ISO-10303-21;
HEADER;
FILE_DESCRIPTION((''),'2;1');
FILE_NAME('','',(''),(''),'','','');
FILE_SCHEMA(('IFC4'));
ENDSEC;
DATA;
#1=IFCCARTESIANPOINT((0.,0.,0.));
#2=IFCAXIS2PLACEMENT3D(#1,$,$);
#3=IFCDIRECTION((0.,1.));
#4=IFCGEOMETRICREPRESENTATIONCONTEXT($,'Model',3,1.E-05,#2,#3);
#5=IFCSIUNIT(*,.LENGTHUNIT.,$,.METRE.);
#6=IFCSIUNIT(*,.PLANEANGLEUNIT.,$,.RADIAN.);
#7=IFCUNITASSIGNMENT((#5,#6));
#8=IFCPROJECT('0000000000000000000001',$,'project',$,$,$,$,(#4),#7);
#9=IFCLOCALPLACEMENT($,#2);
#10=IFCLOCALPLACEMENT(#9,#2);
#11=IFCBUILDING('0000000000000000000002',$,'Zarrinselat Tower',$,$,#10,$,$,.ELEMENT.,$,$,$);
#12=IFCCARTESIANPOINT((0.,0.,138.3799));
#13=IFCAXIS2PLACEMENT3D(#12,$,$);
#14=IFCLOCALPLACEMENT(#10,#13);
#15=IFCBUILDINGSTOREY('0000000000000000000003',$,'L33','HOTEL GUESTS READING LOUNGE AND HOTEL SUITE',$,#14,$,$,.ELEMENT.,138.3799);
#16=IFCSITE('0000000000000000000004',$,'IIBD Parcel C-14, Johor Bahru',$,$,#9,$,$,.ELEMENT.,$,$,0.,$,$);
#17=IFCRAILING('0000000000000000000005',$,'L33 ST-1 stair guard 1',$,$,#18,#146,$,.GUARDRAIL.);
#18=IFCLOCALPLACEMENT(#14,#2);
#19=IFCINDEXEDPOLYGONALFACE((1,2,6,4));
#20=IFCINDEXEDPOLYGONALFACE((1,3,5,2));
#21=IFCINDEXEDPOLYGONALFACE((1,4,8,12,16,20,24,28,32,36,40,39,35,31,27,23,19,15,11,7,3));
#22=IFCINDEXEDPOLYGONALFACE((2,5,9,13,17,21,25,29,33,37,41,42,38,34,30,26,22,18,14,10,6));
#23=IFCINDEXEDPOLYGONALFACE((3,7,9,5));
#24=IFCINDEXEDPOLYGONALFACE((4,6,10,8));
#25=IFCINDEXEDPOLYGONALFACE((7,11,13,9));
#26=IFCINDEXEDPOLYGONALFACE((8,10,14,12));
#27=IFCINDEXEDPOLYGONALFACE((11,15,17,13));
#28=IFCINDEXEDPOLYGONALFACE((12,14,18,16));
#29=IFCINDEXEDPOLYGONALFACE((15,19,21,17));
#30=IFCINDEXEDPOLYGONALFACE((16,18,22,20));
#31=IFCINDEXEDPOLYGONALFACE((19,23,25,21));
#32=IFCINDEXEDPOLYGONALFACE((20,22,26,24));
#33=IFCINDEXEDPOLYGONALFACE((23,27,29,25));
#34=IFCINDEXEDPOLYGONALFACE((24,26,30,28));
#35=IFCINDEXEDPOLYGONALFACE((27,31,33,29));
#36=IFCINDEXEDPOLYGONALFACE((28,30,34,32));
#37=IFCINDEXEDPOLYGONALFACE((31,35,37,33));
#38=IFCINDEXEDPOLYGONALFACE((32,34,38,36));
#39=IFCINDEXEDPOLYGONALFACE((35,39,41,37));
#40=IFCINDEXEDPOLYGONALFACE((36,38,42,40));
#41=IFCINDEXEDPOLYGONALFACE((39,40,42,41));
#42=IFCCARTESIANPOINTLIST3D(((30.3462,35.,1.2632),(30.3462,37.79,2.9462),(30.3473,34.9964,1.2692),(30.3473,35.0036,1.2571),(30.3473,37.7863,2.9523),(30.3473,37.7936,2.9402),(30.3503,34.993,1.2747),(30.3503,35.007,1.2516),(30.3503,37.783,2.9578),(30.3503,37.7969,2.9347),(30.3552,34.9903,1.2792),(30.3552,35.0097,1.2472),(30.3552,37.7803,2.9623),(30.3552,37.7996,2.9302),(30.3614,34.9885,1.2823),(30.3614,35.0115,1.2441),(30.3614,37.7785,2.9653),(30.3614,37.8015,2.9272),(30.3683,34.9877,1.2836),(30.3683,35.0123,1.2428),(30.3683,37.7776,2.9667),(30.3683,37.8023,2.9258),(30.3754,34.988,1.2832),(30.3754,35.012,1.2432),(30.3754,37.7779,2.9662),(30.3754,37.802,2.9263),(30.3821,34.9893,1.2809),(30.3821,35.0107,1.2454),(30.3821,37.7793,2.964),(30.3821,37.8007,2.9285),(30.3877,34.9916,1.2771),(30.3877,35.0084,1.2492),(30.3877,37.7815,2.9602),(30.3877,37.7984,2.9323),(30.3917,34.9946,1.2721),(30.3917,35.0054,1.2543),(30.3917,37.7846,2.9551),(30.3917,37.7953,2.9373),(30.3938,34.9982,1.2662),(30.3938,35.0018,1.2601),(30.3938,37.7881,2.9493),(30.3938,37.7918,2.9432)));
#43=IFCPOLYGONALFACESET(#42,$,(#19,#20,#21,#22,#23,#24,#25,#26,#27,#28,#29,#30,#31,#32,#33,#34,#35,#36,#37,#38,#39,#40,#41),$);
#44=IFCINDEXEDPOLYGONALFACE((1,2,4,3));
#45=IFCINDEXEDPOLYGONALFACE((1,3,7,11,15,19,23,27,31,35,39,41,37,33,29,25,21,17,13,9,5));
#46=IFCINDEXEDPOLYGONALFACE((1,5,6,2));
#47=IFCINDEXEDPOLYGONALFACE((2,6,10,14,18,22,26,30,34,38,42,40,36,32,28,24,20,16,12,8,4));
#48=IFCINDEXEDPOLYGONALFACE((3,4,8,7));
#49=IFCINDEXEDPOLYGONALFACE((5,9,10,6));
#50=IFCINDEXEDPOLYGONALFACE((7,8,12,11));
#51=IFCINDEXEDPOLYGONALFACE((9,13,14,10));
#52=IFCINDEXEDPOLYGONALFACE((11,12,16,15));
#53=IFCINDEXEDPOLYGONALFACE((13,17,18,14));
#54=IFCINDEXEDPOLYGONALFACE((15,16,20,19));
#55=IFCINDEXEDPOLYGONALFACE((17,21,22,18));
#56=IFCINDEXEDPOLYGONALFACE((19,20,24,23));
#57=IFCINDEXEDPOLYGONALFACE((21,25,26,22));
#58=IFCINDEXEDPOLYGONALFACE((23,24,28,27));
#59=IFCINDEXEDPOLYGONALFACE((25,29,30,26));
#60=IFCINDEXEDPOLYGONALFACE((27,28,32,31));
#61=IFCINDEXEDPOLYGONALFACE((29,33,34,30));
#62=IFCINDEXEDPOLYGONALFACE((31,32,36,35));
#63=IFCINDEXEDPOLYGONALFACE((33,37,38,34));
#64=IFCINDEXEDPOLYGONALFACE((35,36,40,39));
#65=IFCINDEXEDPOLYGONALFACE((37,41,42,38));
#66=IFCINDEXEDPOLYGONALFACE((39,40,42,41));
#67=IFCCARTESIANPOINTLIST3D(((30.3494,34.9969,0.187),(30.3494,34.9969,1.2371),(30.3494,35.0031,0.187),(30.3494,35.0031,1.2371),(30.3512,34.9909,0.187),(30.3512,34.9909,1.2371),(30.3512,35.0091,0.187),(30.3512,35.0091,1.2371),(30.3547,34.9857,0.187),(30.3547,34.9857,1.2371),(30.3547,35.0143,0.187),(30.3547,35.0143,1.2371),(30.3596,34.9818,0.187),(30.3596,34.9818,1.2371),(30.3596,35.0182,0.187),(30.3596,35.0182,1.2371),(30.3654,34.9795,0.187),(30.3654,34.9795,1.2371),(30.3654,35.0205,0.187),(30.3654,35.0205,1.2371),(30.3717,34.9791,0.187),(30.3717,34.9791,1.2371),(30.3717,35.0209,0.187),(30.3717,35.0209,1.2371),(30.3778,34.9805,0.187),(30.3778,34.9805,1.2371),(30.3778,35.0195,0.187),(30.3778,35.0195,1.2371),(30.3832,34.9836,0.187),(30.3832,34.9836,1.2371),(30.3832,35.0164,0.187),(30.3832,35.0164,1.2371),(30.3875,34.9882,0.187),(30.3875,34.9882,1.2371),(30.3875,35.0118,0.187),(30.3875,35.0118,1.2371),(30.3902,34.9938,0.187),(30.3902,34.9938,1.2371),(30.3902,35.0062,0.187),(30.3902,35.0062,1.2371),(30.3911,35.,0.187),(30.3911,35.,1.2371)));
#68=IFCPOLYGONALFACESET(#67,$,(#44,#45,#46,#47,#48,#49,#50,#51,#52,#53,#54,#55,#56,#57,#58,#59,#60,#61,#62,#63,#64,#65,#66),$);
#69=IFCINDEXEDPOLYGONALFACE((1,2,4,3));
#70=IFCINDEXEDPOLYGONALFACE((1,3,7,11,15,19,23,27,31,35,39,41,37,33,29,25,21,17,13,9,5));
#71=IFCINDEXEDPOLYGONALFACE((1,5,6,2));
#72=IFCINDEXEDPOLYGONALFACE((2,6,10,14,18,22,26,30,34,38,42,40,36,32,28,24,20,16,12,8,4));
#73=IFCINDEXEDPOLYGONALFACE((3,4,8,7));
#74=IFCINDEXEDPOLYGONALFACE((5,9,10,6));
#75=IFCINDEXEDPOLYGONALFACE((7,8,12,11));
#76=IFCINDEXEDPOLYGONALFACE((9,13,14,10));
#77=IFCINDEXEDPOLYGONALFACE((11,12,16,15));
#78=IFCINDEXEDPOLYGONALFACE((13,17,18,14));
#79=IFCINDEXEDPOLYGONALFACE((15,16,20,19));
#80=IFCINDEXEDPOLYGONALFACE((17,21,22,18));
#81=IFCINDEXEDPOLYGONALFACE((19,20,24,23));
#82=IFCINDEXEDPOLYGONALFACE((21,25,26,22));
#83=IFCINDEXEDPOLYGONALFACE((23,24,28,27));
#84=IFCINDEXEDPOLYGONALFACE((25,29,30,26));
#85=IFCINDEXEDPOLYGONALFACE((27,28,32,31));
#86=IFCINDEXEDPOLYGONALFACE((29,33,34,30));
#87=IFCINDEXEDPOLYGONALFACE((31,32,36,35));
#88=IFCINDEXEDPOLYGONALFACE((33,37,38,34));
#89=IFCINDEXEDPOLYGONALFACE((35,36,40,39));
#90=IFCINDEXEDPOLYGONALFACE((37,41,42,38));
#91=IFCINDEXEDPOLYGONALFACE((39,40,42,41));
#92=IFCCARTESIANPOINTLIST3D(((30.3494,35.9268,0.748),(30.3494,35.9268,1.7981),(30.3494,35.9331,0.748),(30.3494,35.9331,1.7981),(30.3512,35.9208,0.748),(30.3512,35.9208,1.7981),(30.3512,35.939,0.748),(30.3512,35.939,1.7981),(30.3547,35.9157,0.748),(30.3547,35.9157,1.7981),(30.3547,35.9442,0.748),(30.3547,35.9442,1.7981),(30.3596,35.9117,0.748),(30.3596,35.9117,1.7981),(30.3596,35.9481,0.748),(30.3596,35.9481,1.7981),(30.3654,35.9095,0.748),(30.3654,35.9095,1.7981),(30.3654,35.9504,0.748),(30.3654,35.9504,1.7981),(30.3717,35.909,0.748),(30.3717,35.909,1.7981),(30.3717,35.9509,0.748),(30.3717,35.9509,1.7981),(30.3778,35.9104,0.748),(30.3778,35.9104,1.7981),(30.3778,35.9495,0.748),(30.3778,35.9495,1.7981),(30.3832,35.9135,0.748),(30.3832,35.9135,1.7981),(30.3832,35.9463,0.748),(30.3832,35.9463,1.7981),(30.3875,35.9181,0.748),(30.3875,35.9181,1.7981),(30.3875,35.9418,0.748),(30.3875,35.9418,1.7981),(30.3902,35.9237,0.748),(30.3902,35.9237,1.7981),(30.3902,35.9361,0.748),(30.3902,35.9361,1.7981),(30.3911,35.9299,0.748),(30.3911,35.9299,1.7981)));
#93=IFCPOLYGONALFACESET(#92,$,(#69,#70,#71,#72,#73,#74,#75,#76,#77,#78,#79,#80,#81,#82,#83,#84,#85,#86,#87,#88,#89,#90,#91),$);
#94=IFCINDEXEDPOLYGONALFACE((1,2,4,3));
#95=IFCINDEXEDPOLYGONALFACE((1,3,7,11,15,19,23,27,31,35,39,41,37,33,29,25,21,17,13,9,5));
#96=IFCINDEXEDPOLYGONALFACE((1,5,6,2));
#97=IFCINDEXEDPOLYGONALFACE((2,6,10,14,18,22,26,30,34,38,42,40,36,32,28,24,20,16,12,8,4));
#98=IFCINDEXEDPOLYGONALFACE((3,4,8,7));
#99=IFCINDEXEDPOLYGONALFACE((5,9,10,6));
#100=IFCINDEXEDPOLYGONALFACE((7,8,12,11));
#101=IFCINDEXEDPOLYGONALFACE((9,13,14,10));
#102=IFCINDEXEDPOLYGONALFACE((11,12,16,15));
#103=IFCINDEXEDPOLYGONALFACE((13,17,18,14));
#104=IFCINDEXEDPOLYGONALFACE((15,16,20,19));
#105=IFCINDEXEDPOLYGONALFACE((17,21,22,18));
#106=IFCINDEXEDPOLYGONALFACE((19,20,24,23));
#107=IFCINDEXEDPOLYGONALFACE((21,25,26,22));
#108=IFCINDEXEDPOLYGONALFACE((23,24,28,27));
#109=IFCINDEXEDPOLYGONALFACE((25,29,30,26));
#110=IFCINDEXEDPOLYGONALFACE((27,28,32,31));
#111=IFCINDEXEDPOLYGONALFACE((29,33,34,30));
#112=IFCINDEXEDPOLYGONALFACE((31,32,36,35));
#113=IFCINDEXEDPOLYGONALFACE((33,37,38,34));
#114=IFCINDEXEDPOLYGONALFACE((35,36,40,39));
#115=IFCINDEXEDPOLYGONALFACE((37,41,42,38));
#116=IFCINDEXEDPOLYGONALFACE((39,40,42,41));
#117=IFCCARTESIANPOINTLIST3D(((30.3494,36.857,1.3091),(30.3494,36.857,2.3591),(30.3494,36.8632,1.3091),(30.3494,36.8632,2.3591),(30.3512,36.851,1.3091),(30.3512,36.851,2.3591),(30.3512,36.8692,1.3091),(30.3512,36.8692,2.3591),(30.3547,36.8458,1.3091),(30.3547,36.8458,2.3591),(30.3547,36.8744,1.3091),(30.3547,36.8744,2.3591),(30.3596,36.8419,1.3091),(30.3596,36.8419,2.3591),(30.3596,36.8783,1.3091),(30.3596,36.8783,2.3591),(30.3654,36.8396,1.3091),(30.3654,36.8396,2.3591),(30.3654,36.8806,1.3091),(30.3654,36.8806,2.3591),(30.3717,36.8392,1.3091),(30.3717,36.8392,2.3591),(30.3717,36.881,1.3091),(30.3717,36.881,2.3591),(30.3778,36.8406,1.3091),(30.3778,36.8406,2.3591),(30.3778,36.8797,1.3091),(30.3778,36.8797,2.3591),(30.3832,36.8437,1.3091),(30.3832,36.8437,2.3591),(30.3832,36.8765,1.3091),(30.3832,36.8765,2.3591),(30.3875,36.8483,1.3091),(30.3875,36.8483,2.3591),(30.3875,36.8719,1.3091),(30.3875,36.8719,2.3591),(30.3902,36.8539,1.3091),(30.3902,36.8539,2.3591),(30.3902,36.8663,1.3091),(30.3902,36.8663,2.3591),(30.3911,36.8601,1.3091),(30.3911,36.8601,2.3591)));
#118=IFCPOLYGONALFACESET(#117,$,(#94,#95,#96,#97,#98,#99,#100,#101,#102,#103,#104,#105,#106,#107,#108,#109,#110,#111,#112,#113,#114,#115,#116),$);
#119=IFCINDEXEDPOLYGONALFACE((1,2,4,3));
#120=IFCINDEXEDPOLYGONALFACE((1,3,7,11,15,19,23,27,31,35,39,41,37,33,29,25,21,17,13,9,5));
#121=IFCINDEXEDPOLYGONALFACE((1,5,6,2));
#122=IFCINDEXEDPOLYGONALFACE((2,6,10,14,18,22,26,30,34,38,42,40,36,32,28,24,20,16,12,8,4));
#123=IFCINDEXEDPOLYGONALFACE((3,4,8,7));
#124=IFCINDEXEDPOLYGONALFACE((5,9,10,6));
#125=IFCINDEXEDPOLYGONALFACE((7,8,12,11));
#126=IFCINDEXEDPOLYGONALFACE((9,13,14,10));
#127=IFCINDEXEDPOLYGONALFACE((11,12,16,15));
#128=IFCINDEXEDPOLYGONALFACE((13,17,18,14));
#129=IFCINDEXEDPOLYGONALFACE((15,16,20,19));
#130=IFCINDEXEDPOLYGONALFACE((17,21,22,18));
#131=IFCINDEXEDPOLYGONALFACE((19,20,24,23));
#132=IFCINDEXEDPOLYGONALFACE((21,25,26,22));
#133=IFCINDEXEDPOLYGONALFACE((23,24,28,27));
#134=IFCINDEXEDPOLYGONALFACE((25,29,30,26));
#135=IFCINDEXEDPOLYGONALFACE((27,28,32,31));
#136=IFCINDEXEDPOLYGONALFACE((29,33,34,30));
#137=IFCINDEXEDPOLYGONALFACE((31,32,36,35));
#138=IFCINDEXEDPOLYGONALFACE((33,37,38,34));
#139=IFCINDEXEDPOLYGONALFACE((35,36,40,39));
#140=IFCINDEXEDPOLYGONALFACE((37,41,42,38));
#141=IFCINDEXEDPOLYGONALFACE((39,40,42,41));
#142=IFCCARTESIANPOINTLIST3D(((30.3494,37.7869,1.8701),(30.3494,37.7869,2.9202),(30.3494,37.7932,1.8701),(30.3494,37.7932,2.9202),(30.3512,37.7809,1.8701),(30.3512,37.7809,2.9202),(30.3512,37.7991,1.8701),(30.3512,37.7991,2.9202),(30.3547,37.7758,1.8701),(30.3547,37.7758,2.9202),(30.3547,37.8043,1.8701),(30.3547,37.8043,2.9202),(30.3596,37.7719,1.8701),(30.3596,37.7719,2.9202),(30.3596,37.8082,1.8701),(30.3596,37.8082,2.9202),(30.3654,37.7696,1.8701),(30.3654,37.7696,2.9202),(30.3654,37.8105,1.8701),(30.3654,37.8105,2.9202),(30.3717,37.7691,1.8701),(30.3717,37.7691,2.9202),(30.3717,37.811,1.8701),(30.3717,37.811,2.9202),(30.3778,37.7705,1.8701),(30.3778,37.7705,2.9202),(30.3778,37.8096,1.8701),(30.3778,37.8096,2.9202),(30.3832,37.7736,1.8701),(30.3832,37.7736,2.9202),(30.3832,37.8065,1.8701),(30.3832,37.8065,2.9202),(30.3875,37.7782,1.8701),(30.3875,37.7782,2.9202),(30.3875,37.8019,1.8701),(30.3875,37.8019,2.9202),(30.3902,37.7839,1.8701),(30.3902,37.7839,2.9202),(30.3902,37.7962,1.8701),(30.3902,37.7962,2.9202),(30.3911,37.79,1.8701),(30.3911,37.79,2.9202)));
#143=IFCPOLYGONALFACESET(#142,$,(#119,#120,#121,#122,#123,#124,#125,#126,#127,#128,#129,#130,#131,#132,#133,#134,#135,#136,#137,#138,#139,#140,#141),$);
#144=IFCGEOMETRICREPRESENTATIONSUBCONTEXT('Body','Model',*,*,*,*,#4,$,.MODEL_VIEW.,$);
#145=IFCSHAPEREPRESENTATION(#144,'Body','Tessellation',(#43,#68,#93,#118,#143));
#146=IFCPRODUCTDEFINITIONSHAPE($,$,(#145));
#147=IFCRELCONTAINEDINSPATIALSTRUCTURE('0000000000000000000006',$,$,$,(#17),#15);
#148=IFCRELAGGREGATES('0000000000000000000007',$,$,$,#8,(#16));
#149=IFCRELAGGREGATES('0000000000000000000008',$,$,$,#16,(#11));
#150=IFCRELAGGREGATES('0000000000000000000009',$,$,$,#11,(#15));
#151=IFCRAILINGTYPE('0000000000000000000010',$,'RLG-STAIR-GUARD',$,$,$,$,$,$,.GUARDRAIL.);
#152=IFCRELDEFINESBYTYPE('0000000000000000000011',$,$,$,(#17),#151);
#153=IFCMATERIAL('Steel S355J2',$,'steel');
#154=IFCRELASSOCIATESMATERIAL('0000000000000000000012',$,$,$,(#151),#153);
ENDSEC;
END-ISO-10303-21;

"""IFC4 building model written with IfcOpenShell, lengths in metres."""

from ifc_helpers import new_model, si_unit, direction, frame, origin, origin_2d, place, context, subcontext, project, spatial, circle, extrude, material, type_object, element, save


model = new_model("IFC4")

# Units and contexts
model_context = context("Model", 3, precision=1e-05, world=origin(), true_north=direction((0.0, 1.0)))
body_context = subcontext(model_context, "Body", "Model", "MODEL_VIEW")
ifc_project = project(units=[si_unit("LENGTHUNIT", "METRE"), si_unit("PLANEANGLEUNIT", "RADIAN")], contexts=[model_context])

# Site, building, storey
site_placement = place(None, origin())
site = spatial("IfcSite", under=ifc_project, at=site_placement, Name="IIBD Parcel C-14, Johor Bahru", CompositionType="ELEMENT", RefElevation=0.0)
building_placement = place(site_placement, origin())
building = spatial("IfcBuilding", under=site, at=building_placement, Name="Zarrinselat Tower", CompositionType="ELEMENT")
storey_placement = place(building_placement, frame((0.0, 0.0, 138.3799)))
storey = spatial("IfcBuildingStorey", under=building, at=storey_placement, Name="L33", Description="HOTEL GUESTS READING LOUNGE AND HOTEL SUITE", CompositionType="ELEMENT", Elevation=138.3799)

# Railing
ifc_material_1 = material(Name="Steel S355J2", Category="steel")
railing_type_1 = type_object("IfcRailingType", Name="RLG-STAIR-GUARD", PredefinedType="GUARDRAIL", material=ifc_material_1)
railing_1_placement = place(storey_placement, frame((30.3701, 35.0, 0.187)))
element("IfcRailing", 1, at=railing_1_placement, inside=storey, type_object=railing_type_1, Name="L33 ST-1 stair guard 1", PredefinedType="GUARDRAIL", context=body_context, shape_type="SweptSolid", body=[
    extrude(circle(Radius=0.0239, at=origin_2d()), frame((0.0, 0.0, 1.0762), z_axis=(0.0, 0.856261, 0.516544), x_axis=(-1.0, 0.0, 0.0)), (0.0, 0.0, 1.0), 3.2583),
    extrude(circle(Radius=0.021, at=origin_2d()), origin(), (0.0, 0.0, 1.0), 1.05),
    extrude(circle(Radius=0.021, at=origin_2d()), frame((0.0, 0.9299, 0.561)), (0.0, 0.0, 1.0), 1.05),
    extrude(circle(Radius=0.021, at=origin_2d()), frame((0.0, 1.8601, 1.1221)), (0.0, 0.0, 1.0), 1.05),
    extrude(circle(Radius=0.021, at=origin_2d()), frame((0.0, 2.79, 1.6831)), (0.0, 0.0, 1.0), 1.05),
])

save(model, "model.ifc")
